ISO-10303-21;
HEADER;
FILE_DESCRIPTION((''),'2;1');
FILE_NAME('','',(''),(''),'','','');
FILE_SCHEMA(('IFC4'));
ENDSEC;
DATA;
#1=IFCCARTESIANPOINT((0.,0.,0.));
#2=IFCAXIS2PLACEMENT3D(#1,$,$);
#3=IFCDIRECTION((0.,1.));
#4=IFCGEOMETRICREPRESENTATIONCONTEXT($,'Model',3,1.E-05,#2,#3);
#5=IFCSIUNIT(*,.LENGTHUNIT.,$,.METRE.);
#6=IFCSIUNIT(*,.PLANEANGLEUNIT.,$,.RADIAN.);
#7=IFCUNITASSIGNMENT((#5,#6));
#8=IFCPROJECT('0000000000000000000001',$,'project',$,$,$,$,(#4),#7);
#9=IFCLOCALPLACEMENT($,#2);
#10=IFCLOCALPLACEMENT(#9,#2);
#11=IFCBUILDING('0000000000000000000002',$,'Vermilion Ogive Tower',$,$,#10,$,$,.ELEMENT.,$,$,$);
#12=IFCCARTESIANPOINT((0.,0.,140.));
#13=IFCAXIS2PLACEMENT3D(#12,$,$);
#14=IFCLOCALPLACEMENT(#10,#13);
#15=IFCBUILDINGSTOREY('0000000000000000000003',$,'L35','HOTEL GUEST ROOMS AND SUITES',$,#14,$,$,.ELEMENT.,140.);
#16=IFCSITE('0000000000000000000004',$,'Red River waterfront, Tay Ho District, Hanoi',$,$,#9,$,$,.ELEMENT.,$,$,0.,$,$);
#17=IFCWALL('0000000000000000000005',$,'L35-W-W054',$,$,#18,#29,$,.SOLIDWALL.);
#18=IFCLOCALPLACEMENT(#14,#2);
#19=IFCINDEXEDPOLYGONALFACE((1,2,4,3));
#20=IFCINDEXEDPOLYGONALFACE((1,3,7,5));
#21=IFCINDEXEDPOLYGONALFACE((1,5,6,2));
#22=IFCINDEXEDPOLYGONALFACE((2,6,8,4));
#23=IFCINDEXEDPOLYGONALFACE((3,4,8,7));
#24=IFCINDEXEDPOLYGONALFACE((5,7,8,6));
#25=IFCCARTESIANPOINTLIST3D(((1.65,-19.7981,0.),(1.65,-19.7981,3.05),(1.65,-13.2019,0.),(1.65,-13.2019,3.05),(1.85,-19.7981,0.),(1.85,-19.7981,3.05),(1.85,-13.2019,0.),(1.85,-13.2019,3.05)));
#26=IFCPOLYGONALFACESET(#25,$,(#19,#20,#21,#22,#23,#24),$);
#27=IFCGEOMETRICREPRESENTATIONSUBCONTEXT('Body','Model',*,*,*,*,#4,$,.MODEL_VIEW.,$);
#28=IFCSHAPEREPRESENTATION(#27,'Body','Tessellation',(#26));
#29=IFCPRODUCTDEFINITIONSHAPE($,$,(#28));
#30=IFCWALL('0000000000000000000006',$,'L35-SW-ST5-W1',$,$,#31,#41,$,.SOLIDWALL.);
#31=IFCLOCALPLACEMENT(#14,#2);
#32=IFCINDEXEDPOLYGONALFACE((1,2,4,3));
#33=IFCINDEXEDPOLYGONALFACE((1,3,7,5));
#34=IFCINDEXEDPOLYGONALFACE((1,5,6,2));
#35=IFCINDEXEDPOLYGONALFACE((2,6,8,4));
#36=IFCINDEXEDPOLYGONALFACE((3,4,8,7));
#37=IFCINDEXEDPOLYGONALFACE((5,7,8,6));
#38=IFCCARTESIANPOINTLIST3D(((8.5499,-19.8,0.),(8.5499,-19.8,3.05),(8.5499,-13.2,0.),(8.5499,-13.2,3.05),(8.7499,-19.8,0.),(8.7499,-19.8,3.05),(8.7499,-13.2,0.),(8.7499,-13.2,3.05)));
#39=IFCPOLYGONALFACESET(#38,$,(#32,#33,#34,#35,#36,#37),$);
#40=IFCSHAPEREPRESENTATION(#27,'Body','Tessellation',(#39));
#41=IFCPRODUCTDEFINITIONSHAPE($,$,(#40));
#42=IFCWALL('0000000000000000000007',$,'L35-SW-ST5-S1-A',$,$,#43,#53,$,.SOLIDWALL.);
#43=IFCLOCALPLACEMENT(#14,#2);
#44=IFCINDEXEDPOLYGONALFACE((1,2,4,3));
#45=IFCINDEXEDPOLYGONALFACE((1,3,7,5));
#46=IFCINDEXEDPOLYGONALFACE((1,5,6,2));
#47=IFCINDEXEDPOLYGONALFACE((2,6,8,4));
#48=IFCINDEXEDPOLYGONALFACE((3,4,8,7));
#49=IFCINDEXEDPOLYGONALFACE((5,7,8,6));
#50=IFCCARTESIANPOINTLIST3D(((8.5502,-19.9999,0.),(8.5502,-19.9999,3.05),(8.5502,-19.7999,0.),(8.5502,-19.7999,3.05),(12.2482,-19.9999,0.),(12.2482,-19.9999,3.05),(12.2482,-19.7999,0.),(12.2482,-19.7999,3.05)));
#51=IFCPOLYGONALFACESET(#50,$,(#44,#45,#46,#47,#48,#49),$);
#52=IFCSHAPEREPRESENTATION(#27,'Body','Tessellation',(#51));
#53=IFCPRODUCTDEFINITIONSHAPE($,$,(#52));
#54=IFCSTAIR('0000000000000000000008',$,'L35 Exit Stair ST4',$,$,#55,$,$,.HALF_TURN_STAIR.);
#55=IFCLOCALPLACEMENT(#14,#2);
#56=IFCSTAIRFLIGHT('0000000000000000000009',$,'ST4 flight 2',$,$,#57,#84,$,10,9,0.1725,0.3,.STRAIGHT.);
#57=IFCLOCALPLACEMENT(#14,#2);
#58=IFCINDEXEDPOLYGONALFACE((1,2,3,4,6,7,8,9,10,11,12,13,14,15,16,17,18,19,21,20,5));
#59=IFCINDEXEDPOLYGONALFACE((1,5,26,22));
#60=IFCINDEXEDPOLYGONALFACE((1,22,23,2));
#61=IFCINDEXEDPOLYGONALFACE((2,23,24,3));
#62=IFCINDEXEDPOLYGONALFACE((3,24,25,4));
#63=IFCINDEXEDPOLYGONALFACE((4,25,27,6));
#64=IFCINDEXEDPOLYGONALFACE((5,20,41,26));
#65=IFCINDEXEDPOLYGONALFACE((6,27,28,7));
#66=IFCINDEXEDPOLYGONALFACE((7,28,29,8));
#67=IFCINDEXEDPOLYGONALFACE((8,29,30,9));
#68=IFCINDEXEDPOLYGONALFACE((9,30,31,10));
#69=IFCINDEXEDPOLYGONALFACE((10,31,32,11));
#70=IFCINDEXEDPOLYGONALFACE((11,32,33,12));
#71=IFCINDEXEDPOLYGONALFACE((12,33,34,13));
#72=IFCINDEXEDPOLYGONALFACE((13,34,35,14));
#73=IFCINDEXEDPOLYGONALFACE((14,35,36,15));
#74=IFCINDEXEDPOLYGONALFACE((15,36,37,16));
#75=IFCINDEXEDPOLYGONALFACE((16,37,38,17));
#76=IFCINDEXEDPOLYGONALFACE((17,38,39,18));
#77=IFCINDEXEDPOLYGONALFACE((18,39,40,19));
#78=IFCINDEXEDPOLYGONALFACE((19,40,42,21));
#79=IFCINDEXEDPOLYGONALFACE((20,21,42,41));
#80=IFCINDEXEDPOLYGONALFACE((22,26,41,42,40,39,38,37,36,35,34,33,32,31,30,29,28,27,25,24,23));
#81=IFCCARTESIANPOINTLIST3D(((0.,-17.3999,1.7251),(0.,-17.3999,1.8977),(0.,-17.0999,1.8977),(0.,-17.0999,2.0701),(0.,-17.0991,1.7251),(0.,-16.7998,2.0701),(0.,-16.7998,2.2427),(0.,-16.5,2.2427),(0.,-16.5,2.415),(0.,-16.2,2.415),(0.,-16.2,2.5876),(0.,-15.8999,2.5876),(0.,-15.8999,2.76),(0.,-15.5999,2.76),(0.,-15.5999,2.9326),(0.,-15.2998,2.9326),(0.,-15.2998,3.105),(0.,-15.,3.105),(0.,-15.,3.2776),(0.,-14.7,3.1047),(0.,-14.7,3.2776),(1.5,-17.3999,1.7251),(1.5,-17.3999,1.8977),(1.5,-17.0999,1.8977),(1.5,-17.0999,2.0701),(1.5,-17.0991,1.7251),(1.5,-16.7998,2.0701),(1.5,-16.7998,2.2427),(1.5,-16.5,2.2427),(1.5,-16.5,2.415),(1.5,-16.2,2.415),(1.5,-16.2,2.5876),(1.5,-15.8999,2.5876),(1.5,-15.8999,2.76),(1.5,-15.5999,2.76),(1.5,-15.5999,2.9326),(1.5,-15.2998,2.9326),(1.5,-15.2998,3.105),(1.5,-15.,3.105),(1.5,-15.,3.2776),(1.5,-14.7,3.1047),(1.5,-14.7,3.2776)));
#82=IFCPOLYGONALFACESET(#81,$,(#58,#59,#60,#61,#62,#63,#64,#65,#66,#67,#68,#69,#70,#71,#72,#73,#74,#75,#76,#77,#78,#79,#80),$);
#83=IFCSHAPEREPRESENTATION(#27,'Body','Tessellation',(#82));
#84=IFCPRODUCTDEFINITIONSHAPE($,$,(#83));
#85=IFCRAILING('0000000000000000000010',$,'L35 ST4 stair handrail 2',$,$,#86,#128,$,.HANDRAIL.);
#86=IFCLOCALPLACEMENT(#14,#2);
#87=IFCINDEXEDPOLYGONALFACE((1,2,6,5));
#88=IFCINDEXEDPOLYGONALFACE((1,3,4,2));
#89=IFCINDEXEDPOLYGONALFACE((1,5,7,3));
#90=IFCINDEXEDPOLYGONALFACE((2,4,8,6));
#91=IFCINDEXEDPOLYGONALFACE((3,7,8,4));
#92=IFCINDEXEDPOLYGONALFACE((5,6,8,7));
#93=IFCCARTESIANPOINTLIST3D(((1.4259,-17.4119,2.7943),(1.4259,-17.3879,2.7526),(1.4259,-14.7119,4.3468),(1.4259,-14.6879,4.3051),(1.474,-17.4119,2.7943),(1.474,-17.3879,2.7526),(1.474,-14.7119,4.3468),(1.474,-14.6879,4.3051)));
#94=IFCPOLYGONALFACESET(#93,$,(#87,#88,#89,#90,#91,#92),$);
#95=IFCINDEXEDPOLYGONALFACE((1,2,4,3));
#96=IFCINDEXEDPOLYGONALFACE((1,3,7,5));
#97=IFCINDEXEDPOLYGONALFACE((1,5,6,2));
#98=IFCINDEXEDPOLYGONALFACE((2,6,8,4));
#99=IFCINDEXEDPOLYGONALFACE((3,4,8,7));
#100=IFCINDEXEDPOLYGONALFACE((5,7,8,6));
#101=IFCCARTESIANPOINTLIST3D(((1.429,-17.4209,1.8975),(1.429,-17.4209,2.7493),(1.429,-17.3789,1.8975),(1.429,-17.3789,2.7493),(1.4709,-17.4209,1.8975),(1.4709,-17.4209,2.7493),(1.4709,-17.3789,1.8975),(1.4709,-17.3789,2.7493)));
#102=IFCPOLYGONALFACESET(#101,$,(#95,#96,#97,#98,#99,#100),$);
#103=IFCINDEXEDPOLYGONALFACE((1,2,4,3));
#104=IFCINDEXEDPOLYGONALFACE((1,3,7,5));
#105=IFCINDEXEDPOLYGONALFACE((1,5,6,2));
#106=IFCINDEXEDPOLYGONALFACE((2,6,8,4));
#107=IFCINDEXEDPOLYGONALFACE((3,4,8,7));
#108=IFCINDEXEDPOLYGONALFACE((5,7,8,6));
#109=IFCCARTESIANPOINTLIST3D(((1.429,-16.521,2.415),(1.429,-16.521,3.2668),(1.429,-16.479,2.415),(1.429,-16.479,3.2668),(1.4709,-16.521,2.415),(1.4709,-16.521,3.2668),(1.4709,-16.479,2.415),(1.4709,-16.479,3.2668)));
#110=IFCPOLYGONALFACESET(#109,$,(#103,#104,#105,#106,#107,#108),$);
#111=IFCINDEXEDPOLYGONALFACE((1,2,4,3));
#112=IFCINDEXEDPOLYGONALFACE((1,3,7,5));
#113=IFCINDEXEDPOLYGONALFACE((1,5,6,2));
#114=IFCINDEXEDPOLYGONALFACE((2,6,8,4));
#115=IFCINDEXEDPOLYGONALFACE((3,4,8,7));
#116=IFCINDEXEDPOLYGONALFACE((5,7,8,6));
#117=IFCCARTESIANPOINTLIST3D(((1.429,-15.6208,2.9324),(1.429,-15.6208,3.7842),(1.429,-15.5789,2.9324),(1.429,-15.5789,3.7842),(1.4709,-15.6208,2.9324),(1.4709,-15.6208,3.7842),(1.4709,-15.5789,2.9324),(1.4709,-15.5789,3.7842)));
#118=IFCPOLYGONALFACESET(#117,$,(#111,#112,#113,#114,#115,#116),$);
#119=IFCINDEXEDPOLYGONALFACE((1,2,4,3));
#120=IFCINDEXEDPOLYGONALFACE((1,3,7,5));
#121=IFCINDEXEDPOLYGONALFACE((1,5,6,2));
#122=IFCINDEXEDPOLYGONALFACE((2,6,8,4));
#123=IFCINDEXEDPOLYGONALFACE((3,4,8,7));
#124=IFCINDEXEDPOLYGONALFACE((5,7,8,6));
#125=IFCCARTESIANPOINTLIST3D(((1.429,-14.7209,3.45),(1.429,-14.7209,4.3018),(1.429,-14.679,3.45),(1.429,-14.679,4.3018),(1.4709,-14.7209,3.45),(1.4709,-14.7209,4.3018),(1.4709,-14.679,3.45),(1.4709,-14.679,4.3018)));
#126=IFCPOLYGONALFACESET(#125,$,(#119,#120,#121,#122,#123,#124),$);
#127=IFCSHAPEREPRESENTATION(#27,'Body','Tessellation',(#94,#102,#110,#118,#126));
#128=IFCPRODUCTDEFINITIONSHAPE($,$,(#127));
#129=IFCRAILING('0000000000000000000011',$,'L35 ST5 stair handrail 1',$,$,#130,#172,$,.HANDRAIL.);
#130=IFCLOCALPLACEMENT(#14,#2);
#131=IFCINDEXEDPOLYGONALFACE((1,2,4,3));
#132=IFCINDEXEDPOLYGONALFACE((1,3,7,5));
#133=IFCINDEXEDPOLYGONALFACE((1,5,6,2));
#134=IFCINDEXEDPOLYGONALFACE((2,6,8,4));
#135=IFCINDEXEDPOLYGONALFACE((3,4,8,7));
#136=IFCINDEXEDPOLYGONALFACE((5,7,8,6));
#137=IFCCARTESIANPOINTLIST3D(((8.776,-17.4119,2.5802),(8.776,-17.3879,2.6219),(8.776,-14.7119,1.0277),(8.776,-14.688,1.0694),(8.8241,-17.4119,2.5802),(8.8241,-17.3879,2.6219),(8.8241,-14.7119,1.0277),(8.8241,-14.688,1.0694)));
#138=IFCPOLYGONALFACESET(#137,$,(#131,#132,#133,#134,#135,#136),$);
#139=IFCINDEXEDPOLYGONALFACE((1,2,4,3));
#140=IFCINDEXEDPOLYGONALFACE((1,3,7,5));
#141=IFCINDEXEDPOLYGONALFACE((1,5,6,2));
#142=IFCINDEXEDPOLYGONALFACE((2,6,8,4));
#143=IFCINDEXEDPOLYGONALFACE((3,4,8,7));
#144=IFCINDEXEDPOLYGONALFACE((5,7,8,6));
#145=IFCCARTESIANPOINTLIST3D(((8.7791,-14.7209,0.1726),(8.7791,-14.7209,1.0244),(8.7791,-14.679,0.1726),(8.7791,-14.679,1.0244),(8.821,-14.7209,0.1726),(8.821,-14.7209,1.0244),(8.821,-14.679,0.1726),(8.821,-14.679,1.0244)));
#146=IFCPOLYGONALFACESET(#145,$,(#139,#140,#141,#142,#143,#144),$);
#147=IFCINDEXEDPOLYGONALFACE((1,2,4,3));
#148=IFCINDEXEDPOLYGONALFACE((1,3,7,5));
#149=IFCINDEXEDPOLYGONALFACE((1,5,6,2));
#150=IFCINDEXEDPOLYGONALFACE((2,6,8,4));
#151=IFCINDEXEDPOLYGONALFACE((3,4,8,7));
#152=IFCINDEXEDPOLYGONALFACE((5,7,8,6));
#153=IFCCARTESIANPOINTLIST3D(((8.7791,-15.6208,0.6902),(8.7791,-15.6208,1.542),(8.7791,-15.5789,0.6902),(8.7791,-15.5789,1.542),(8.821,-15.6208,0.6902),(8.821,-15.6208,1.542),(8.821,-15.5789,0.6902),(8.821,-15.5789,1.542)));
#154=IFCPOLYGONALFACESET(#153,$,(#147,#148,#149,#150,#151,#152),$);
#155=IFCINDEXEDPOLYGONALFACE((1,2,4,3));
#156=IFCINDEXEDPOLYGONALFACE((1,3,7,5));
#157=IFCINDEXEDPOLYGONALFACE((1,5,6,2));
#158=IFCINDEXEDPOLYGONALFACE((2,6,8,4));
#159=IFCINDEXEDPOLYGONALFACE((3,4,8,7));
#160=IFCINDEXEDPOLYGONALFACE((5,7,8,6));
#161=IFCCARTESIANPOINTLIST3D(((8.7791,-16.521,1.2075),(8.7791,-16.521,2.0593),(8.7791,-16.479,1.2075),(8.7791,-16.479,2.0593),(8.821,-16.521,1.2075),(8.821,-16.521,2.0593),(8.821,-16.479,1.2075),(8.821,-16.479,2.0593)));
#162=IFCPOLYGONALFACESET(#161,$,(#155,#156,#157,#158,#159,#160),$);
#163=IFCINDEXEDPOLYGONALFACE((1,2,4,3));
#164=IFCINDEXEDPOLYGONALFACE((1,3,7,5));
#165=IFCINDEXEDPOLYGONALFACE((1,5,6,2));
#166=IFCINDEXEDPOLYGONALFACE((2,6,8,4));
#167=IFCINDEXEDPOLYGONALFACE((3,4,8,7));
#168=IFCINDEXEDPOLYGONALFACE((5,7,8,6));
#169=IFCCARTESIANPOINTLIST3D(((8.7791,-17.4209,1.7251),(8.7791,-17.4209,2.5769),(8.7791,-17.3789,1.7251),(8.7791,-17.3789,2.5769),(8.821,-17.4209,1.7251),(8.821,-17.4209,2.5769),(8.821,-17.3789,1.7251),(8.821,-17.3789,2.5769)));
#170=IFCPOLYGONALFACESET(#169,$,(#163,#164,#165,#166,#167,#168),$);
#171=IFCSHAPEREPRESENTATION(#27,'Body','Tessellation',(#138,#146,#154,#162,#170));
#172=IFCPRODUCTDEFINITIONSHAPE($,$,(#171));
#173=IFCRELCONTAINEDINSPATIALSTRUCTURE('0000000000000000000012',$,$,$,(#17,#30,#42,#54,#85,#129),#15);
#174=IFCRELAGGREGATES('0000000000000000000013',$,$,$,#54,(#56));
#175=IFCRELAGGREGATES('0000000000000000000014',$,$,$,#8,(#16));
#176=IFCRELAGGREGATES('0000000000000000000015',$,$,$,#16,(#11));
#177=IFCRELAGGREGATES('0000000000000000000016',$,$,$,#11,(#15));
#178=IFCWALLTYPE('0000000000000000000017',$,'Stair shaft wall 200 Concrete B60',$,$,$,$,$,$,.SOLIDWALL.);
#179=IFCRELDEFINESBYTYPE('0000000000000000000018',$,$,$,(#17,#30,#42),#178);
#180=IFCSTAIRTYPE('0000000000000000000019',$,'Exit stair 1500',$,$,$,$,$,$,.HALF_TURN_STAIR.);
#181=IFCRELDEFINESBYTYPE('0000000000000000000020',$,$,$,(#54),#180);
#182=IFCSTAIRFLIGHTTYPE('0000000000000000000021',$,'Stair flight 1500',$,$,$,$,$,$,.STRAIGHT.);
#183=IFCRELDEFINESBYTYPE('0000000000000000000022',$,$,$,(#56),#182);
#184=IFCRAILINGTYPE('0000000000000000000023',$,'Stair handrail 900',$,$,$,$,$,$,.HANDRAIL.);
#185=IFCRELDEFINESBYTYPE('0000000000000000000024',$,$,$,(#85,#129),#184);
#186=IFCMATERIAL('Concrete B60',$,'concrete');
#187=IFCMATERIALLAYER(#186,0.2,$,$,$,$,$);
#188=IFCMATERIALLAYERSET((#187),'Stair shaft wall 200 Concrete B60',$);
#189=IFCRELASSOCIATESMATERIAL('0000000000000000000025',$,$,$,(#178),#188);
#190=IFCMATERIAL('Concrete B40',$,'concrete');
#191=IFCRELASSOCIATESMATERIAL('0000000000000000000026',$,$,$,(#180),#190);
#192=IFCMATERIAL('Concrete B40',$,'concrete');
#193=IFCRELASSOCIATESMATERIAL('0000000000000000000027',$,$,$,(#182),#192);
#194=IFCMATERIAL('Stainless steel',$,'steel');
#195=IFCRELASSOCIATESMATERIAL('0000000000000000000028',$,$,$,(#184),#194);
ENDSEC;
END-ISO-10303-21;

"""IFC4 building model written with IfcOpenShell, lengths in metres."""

from ifc_helpers import new_model, si_unit, direction, frame, frame_2d, origin, origin_2d, place, context, subcontext, project, spatial, polyline, rectangle, outline, extrude, material, layer, layer_set, type_object, element, aggregate, save


model = new_model("IFC4")

# Units and contexts
model_context = context("Model", 3, precision=1e-05, world=origin(), true_north=direction((0.0, 1.0)))
body_context = subcontext(model_context, "Body", "Model", "MODEL_VIEW")
ifc_project = project(units=[si_unit("LENGTHUNIT", "METRE"), si_unit("PLANEANGLEUNIT", "RADIAN")], contexts=[model_context])

# Site, building, storey
site_placement = place(None, origin())
site = spatial("IfcSite", under=ifc_project, at=site_placement, Name="Red River waterfront, Tay Ho District, Hanoi", CompositionType="ELEMENT", RefElevation=0.0)
building_placement = place(site_placement, origin())
building = spatial("IfcBuilding", under=site, at=building_placement, Name="Vermilion Ogive Tower", CompositionType="ELEMENT")
storey_placement = place(building_placement, frame((0.0, 0.0, 140.0)))
storey = spatial("IfcBuildingStorey", under=building, at=storey_placement, Name="L35", Description="HOTEL GUEST ROOMS AND SUITES", CompositionType="ELEMENT", Elevation=140.0)

# Walls
ifc_material_1 = material(Name="Concrete B60", Category="concrete")
ifc_layer_1 = layer(ifc_material_1, 0.2)
ifc_layer_set_1 = layer_set([ifc_layer_1], Name="Stair shaft wall 200 Concrete B60")
wall_type = type_object("IfcWallType", Name="Stair shaft wall 200 Concrete B60", PredefinedType="SOLIDWALL", material=ifc_layer_set_1)
wall_1_placement = place(storey_placement, frame((1.75, -19.7981, 0.0), z_axis=(0.0, 0.0, 1.0), x_axis=(0.0, 1.0, 0.0)))
element("IfcWall", 1, at=wall_1_placement, inside=storey, type_object=wall_type, Name="L35-W-W054", PredefinedType="SOLIDWALL", context=body_context, shape_type="SweptSolid", body=[
    extrude(rectangle(XDim=6.5962, YDim=0.2, at=frame_2d((3.2981, 0.0))), origin(), (0.0, 0.0, 1.0), 3.05),
])
wall_2_placement = place(storey_placement, frame((8.6499, -19.8, 0.0), z_axis=(0.0, 0.0, 1.0), x_axis=(0.0, 1.0, 0.0)))
element("IfcWall", 2, at=wall_2_placement, inside=storey, type_object=wall_type, Name="L35-SW-ST5-W1", PredefinedType="SOLIDWALL", context=body_context, shape_type="SweptSolid", body=[
    extrude(rectangle(XDim=6.6001, YDim=0.2, at=frame_2d((3.3, 0.0))), origin(), (0.0, 0.0, 1.0), 3.05),
])
wall_3_placement = place(storey_placement, frame((8.55, -19.8999, 0.0), z_axis=(0.0, 0.0, 1.0), x_axis=(1.0, 0.0, 0.0)))
element("IfcWall", 3, at=wall_3_placement, inside=storey, type_object=wall_type, Name="L35-SW-ST5-S1-A", PredefinedType="SOLIDWALL", context=body_context, shape_type="SweptSolid", body=[
    extrude(rectangle(XDim=3.698, YDim=0.2, at=frame_2d((1.8491, 0.0))), origin(), (0.0, 0.0, 1.0), 3.05),
])

# Stair, stair flight
ifc_material_2 = material(Name="Concrete B40", Category="concrete")
stair_type = type_object("IfcStairType", Name="Exit stair 1500", PredefinedType="HALF_TURN_STAIR", material=ifc_material_2)
stair_placement = place(storey_placement, origin())
stair = element("IfcStair", 4, at=stair_placement, inside=storey, type_object=stair_type, Name="L35 Exit Stair ST4", PredefinedType="HALF_TURN_STAIR")
ifc_material_3 = material(Name="Concrete B40", Category="concrete")
stair_flight_type = type_object("IfcStairFlightType", Name="Stair flight 1500", PredefinedType="STRAIGHT", material=ifc_material_3)
stair_flight_placement = place(storey_placement, frame((0.75, -17.3999, 1.7251), z_axis=(0.0, 0.0, 1.0), x_axis=(0.0, 1.0, 0.0)))
stair_flight = element("IfcStairFlight", 5, at=stair_flight_placement, type_object=stair_flight_type, Name="ST4 flight 2", NumberOfRisers=10, NumberOfTreads=9, PredefinedType="STRAIGHT", RiserHeight=0.1725, TreadLength=0.3, context=body_context, shape_type="SweptSolid", body=[
    extrude(outline(polyline([(0.0, 0.0), (0.0, 0.1726), (0.3, 0.1726), (0.3, 0.345), (0.6001, 0.345), (0.6001, 0.5176), (0.8999, 0.5176), (0.8999, 0.6899), (1.2, 0.6899), (1.2, 0.8625), (1.5, 0.8625), (1.5, 1.0349), (1.8, 1.0349), (1.8, 1.2075), (2.1001, 1.2075), (2.1001, 1.3799), (2.3999, 1.3799), (2.3999, 1.5525), (2.7, 1.5525), (2.7, 1.7251), (2.7, 1.3796), (0.3008, 0.0), (0.0, 0.0)])), frame((0.0, 0.75, 0.0), z_axis=(0.0, -1.0, 0.0), x_axis=(1.0, 0.0, 0.0)), (0.0, 0.0, 1.0), 1.5),
])
aggregate(stair, [stair_flight])

# Railings
ifc_material_4 = material(Name="Stainless steel", Category="steel")
railing_type = type_object("IfcRailingType", Name="Stair handrail 900", PredefinedType="HANDRAIL", material=ifc_material_4)
railing_1_placement = place(storey_placement, frame((1.45, -17.3999, 1.8975)))
element("IfcRailing", 6, at=railing_1_placement, inside=storey, type_object=railing_type, Name="L35 ST4 stair handrail 2", PredefinedType="HANDRAIL", context=body_context, shape_type="SweptSolid", body=[
    extrude(rectangle(XDim=0.0481, YDim=0.0481, at=origin_2d()), frame((0.0, 0.0, 0.876), z_axis=(0.0, 0.866904, 0.498476), x_axis=(-1.0, 0.0, 0.0)), (0.0, 0.0, 1.0), 3.1145),
    extrude(rectangle(XDim=0.042, YDim=0.042, at=origin_2d()), origin(), (0.0, 0.0, 1.0), 0.8518),
    extrude(rectangle(XDim=0.042, YDim=0.042, at=origin_2d()), frame((0.0, 0.8999, 0.5176)), (0.0, 0.0, 1.0), 0.8518),
    extrude(rectangle(XDim=0.042, YDim=0.042, at=origin_2d()), frame((0.0, 1.8, 1.0349)), (0.0, 0.0, 1.0), 0.8518),
    extrude(rectangle(XDim=0.042, YDim=0.042, at=origin_2d()), frame((0.0, 2.7, 1.5525)), (0.0, 0.0, 1.0), 0.8518),
])
railing_2_placement = place(storey_placement, frame((8.8, -14.7, 0.1726)))
element("IfcRailing", 7, at=railing_2_placement, inside=storey, type_object=railing_type, Name="L35 ST5 stair handrail 1", PredefinedType="HANDRAIL", context=body_context, shape_type="SweptSolid", body=[
    extrude(rectangle(XDim=0.0481, YDim=0.0481, at=origin_2d()), frame((0.0, 0.0, 0.876), z_axis=(0.0, -0.866904, 0.498476), x_axis=(1.0, 0.0, 0.0)), (0.0, 0.0, 1.0), 3.1145),
    extrude(rectangle(XDim=0.042, YDim=0.042, at=origin_2d()), origin(), (0.0, 0.0, 1.0), 0.8518),
    extrude(rectangle(XDim=0.042, YDim=0.042, at=origin_2d()), frame((0.0, -0.8999, 0.5176)), (0.0, 0.0, 1.0), 0.8518),
    extrude(rectangle(XDim=0.042, YDim=0.042, at=origin_2d()), frame((0.0, -1.8, 1.0349)), (0.0, 0.0, 1.0), 0.8518),
    extrude(rectangle(XDim=0.042, YDim=0.042, at=origin_2d()), frame((0.0, -2.7, 1.5525)), (0.0, 0.0, 1.0), 0.8518),
])

save(model, "model.ifc")
